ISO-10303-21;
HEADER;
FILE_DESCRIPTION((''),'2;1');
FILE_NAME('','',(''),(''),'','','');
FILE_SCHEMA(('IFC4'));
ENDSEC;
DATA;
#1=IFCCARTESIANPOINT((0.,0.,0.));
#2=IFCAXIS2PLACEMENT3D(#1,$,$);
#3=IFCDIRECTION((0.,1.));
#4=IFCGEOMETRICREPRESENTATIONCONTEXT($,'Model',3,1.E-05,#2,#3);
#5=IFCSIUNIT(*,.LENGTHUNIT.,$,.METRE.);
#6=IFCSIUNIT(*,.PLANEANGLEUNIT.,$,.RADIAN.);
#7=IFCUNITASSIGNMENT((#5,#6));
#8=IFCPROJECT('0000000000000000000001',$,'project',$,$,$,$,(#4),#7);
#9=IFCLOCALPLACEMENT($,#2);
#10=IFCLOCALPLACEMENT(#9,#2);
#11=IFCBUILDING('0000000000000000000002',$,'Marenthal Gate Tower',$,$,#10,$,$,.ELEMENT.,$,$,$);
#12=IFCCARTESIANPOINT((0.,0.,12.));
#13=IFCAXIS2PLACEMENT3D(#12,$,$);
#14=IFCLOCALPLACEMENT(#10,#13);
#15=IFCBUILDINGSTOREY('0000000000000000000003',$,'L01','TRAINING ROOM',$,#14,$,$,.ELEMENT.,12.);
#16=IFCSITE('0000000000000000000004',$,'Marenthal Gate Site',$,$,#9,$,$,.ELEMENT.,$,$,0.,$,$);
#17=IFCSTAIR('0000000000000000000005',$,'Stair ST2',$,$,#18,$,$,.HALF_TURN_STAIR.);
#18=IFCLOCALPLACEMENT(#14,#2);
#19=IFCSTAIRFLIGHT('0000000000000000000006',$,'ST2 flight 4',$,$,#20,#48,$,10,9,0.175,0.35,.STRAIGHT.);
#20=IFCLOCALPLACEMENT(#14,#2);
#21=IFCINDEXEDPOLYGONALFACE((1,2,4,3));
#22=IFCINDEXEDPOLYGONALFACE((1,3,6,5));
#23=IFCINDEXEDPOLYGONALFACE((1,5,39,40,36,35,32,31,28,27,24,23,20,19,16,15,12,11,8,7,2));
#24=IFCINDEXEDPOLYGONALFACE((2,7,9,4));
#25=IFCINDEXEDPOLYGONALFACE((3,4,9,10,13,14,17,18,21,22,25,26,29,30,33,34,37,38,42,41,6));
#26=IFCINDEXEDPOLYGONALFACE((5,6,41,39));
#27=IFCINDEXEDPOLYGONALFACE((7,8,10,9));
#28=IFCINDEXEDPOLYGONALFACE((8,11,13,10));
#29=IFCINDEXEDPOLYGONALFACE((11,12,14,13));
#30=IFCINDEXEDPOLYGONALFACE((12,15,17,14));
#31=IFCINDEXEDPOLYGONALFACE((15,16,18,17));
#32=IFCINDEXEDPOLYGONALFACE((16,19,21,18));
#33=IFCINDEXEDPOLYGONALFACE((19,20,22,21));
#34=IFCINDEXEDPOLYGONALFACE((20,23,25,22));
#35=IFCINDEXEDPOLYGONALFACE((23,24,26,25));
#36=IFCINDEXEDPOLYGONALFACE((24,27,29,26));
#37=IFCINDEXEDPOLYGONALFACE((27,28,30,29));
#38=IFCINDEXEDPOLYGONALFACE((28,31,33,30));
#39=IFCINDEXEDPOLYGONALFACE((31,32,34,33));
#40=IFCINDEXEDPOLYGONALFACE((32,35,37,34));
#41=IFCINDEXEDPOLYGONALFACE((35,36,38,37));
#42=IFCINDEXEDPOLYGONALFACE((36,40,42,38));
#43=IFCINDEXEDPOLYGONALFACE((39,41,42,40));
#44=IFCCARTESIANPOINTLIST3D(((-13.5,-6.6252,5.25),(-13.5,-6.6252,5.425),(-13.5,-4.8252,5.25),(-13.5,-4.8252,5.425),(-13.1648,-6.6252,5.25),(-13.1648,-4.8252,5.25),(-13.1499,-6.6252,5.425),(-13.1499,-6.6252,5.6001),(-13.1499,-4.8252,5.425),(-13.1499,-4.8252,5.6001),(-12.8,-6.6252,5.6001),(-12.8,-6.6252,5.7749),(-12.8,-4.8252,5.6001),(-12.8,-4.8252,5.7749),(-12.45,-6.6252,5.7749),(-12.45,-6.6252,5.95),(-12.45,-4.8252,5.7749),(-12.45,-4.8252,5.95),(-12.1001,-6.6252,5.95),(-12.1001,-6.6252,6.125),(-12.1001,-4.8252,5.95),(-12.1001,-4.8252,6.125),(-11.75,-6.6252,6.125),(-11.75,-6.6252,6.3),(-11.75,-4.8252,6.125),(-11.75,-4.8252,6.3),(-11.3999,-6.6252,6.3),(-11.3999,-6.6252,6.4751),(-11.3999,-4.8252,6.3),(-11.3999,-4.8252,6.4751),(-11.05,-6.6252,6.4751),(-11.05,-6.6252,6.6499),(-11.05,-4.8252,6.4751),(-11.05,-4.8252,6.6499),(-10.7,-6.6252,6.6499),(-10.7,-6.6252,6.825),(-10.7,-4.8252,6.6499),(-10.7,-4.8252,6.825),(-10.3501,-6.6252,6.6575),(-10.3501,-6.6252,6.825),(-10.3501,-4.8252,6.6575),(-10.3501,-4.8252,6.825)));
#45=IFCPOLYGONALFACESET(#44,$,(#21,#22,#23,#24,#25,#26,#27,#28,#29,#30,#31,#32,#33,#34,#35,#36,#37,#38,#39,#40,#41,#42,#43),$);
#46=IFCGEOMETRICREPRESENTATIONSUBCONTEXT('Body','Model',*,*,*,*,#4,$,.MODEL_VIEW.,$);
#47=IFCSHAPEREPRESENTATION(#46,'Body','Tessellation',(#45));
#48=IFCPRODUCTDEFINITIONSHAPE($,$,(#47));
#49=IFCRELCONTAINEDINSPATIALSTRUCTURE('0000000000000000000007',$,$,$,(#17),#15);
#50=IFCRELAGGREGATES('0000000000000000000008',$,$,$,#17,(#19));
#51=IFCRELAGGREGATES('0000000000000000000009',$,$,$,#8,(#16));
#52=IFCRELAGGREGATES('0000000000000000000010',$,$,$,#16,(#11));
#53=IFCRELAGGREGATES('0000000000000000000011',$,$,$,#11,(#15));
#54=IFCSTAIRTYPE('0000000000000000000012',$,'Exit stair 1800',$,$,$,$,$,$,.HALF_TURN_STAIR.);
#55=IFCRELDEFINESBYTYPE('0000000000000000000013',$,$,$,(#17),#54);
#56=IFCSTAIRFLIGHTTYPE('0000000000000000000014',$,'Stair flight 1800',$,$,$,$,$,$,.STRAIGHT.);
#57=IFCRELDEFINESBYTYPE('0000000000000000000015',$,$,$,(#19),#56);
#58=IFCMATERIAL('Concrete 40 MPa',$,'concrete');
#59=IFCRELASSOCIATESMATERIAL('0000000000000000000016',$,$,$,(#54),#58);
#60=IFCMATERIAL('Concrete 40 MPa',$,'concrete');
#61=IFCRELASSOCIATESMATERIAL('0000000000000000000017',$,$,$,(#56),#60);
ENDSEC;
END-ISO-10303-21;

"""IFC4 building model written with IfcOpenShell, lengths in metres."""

from ifc_helpers import new_model, si_unit, direction, frame, origin, place, context, subcontext, project, spatial, polyline, outline, extrude, material, type_object, element, aggregate, save


model = new_model("IFC4")

# Units and contexts
model_context = context("Model", 3, precision=1e-05, world=origin(), true_north=direction((0.0, 1.0)))
body_context = subcontext(model_context, "Body", "Model", "MODEL_VIEW")
ifc_project = project(units=[si_unit("LENGTHUNIT", "METRE"), si_unit("PLANEANGLEUNIT", "RADIAN")], contexts=[model_context])

# Site, building, storey
site_placement = place(None, origin())
site = spatial("IfcSite", under=ifc_project, at=site_placement, Name="Marenthal Gate Site", CompositionType="ELEMENT", RefElevation=0.0)
building_placement = place(site_placement, origin())
building = spatial("IfcBuilding", under=site, at=building_placement, Name="Marenthal Gate Tower", CompositionType="ELEMENT")
storey_placement = place(building_placement, frame((0.0, 0.0, 12.0)))
storey = spatial("IfcBuildingStorey", under=building, at=storey_placement, Name="L01", Description="TRAINING ROOM", CompositionType="ELEMENT", Elevation=12.0)

# Stair, stair flight
ifc_material_1 = material(Name="Concrete 40 MPa", Category="concrete")
stair_type = type_object("IfcStairType", Name="Exit stair 1800", PredefinedType="HALF_TURN_STAIR", material=ifc_material_1)
stair_placement = place(storey_placement, origin())
stair = element("IfcStair", 1, at=stair_placement, inside=storey, type_object=stair_type, Name="Stair ST2", PredefinedType="HALF_TURN_STAIR")
ifc_material_2 = material(Name="Concrete 40 MPa", Category="concrete")
stair_flight_type = type_object("IfcStairFlightType", Name="Stair flight 1800", PredefinedType="STRAIGHT", material=ifc_material_2)
stair_flight_1_placement = place(storey_placement, frame((-13.5, -5.7251, 5.25), z_axis=(0.0, 0.0, 1.0), x_axis=(1.0, 0.0, 0.0)))
stair_flight_1 = element("IfcStairFlight", 2, at=stair_flight_1_placement, type_object=stair_flight_type, Name="ST2 flight 4", NumberOfRisers=10, NumberOfTreads=9, PredefinedType="STRAIGHT", RiserHeight=0.175, TreadLength=0.35, context=body_context, shape_type="SweptSolid", body=[
    extrude(outline(polyline([(0.0, 0.0), (0.0, 0.175), (0.3501, 0.175), (0.3501, 0.3501), (0.7, 0.3501), (0.7, 0.5249), (1.05, 0.5249), (1.05, 0.7), (1.3999, 0.7), (1.3999, 0.875), (1.75, 0.875), (1.75, 1.05), (2.1001, 1.05), (2.1001, 1.2251), (2.45, 1.2251), (2.45, 1.3999), (2.8, 1.3999), (2.8, 1.575), (3.1499, 1.575), (3.1499, 1.75), (3.1499, 1.4075), (0.3352, 0.0), (0.0, 0.0)])), frame((0.0, 0.8999, 0.0), z_axis=(0.0, -1.0, 0.0), x_axis=(1.0, 0.0, 0.0)), (0.0, 0.0, 1.0), 1.8),
])
aggregate(stair, [stair_flight_1])

save(model, "model.ifc")
